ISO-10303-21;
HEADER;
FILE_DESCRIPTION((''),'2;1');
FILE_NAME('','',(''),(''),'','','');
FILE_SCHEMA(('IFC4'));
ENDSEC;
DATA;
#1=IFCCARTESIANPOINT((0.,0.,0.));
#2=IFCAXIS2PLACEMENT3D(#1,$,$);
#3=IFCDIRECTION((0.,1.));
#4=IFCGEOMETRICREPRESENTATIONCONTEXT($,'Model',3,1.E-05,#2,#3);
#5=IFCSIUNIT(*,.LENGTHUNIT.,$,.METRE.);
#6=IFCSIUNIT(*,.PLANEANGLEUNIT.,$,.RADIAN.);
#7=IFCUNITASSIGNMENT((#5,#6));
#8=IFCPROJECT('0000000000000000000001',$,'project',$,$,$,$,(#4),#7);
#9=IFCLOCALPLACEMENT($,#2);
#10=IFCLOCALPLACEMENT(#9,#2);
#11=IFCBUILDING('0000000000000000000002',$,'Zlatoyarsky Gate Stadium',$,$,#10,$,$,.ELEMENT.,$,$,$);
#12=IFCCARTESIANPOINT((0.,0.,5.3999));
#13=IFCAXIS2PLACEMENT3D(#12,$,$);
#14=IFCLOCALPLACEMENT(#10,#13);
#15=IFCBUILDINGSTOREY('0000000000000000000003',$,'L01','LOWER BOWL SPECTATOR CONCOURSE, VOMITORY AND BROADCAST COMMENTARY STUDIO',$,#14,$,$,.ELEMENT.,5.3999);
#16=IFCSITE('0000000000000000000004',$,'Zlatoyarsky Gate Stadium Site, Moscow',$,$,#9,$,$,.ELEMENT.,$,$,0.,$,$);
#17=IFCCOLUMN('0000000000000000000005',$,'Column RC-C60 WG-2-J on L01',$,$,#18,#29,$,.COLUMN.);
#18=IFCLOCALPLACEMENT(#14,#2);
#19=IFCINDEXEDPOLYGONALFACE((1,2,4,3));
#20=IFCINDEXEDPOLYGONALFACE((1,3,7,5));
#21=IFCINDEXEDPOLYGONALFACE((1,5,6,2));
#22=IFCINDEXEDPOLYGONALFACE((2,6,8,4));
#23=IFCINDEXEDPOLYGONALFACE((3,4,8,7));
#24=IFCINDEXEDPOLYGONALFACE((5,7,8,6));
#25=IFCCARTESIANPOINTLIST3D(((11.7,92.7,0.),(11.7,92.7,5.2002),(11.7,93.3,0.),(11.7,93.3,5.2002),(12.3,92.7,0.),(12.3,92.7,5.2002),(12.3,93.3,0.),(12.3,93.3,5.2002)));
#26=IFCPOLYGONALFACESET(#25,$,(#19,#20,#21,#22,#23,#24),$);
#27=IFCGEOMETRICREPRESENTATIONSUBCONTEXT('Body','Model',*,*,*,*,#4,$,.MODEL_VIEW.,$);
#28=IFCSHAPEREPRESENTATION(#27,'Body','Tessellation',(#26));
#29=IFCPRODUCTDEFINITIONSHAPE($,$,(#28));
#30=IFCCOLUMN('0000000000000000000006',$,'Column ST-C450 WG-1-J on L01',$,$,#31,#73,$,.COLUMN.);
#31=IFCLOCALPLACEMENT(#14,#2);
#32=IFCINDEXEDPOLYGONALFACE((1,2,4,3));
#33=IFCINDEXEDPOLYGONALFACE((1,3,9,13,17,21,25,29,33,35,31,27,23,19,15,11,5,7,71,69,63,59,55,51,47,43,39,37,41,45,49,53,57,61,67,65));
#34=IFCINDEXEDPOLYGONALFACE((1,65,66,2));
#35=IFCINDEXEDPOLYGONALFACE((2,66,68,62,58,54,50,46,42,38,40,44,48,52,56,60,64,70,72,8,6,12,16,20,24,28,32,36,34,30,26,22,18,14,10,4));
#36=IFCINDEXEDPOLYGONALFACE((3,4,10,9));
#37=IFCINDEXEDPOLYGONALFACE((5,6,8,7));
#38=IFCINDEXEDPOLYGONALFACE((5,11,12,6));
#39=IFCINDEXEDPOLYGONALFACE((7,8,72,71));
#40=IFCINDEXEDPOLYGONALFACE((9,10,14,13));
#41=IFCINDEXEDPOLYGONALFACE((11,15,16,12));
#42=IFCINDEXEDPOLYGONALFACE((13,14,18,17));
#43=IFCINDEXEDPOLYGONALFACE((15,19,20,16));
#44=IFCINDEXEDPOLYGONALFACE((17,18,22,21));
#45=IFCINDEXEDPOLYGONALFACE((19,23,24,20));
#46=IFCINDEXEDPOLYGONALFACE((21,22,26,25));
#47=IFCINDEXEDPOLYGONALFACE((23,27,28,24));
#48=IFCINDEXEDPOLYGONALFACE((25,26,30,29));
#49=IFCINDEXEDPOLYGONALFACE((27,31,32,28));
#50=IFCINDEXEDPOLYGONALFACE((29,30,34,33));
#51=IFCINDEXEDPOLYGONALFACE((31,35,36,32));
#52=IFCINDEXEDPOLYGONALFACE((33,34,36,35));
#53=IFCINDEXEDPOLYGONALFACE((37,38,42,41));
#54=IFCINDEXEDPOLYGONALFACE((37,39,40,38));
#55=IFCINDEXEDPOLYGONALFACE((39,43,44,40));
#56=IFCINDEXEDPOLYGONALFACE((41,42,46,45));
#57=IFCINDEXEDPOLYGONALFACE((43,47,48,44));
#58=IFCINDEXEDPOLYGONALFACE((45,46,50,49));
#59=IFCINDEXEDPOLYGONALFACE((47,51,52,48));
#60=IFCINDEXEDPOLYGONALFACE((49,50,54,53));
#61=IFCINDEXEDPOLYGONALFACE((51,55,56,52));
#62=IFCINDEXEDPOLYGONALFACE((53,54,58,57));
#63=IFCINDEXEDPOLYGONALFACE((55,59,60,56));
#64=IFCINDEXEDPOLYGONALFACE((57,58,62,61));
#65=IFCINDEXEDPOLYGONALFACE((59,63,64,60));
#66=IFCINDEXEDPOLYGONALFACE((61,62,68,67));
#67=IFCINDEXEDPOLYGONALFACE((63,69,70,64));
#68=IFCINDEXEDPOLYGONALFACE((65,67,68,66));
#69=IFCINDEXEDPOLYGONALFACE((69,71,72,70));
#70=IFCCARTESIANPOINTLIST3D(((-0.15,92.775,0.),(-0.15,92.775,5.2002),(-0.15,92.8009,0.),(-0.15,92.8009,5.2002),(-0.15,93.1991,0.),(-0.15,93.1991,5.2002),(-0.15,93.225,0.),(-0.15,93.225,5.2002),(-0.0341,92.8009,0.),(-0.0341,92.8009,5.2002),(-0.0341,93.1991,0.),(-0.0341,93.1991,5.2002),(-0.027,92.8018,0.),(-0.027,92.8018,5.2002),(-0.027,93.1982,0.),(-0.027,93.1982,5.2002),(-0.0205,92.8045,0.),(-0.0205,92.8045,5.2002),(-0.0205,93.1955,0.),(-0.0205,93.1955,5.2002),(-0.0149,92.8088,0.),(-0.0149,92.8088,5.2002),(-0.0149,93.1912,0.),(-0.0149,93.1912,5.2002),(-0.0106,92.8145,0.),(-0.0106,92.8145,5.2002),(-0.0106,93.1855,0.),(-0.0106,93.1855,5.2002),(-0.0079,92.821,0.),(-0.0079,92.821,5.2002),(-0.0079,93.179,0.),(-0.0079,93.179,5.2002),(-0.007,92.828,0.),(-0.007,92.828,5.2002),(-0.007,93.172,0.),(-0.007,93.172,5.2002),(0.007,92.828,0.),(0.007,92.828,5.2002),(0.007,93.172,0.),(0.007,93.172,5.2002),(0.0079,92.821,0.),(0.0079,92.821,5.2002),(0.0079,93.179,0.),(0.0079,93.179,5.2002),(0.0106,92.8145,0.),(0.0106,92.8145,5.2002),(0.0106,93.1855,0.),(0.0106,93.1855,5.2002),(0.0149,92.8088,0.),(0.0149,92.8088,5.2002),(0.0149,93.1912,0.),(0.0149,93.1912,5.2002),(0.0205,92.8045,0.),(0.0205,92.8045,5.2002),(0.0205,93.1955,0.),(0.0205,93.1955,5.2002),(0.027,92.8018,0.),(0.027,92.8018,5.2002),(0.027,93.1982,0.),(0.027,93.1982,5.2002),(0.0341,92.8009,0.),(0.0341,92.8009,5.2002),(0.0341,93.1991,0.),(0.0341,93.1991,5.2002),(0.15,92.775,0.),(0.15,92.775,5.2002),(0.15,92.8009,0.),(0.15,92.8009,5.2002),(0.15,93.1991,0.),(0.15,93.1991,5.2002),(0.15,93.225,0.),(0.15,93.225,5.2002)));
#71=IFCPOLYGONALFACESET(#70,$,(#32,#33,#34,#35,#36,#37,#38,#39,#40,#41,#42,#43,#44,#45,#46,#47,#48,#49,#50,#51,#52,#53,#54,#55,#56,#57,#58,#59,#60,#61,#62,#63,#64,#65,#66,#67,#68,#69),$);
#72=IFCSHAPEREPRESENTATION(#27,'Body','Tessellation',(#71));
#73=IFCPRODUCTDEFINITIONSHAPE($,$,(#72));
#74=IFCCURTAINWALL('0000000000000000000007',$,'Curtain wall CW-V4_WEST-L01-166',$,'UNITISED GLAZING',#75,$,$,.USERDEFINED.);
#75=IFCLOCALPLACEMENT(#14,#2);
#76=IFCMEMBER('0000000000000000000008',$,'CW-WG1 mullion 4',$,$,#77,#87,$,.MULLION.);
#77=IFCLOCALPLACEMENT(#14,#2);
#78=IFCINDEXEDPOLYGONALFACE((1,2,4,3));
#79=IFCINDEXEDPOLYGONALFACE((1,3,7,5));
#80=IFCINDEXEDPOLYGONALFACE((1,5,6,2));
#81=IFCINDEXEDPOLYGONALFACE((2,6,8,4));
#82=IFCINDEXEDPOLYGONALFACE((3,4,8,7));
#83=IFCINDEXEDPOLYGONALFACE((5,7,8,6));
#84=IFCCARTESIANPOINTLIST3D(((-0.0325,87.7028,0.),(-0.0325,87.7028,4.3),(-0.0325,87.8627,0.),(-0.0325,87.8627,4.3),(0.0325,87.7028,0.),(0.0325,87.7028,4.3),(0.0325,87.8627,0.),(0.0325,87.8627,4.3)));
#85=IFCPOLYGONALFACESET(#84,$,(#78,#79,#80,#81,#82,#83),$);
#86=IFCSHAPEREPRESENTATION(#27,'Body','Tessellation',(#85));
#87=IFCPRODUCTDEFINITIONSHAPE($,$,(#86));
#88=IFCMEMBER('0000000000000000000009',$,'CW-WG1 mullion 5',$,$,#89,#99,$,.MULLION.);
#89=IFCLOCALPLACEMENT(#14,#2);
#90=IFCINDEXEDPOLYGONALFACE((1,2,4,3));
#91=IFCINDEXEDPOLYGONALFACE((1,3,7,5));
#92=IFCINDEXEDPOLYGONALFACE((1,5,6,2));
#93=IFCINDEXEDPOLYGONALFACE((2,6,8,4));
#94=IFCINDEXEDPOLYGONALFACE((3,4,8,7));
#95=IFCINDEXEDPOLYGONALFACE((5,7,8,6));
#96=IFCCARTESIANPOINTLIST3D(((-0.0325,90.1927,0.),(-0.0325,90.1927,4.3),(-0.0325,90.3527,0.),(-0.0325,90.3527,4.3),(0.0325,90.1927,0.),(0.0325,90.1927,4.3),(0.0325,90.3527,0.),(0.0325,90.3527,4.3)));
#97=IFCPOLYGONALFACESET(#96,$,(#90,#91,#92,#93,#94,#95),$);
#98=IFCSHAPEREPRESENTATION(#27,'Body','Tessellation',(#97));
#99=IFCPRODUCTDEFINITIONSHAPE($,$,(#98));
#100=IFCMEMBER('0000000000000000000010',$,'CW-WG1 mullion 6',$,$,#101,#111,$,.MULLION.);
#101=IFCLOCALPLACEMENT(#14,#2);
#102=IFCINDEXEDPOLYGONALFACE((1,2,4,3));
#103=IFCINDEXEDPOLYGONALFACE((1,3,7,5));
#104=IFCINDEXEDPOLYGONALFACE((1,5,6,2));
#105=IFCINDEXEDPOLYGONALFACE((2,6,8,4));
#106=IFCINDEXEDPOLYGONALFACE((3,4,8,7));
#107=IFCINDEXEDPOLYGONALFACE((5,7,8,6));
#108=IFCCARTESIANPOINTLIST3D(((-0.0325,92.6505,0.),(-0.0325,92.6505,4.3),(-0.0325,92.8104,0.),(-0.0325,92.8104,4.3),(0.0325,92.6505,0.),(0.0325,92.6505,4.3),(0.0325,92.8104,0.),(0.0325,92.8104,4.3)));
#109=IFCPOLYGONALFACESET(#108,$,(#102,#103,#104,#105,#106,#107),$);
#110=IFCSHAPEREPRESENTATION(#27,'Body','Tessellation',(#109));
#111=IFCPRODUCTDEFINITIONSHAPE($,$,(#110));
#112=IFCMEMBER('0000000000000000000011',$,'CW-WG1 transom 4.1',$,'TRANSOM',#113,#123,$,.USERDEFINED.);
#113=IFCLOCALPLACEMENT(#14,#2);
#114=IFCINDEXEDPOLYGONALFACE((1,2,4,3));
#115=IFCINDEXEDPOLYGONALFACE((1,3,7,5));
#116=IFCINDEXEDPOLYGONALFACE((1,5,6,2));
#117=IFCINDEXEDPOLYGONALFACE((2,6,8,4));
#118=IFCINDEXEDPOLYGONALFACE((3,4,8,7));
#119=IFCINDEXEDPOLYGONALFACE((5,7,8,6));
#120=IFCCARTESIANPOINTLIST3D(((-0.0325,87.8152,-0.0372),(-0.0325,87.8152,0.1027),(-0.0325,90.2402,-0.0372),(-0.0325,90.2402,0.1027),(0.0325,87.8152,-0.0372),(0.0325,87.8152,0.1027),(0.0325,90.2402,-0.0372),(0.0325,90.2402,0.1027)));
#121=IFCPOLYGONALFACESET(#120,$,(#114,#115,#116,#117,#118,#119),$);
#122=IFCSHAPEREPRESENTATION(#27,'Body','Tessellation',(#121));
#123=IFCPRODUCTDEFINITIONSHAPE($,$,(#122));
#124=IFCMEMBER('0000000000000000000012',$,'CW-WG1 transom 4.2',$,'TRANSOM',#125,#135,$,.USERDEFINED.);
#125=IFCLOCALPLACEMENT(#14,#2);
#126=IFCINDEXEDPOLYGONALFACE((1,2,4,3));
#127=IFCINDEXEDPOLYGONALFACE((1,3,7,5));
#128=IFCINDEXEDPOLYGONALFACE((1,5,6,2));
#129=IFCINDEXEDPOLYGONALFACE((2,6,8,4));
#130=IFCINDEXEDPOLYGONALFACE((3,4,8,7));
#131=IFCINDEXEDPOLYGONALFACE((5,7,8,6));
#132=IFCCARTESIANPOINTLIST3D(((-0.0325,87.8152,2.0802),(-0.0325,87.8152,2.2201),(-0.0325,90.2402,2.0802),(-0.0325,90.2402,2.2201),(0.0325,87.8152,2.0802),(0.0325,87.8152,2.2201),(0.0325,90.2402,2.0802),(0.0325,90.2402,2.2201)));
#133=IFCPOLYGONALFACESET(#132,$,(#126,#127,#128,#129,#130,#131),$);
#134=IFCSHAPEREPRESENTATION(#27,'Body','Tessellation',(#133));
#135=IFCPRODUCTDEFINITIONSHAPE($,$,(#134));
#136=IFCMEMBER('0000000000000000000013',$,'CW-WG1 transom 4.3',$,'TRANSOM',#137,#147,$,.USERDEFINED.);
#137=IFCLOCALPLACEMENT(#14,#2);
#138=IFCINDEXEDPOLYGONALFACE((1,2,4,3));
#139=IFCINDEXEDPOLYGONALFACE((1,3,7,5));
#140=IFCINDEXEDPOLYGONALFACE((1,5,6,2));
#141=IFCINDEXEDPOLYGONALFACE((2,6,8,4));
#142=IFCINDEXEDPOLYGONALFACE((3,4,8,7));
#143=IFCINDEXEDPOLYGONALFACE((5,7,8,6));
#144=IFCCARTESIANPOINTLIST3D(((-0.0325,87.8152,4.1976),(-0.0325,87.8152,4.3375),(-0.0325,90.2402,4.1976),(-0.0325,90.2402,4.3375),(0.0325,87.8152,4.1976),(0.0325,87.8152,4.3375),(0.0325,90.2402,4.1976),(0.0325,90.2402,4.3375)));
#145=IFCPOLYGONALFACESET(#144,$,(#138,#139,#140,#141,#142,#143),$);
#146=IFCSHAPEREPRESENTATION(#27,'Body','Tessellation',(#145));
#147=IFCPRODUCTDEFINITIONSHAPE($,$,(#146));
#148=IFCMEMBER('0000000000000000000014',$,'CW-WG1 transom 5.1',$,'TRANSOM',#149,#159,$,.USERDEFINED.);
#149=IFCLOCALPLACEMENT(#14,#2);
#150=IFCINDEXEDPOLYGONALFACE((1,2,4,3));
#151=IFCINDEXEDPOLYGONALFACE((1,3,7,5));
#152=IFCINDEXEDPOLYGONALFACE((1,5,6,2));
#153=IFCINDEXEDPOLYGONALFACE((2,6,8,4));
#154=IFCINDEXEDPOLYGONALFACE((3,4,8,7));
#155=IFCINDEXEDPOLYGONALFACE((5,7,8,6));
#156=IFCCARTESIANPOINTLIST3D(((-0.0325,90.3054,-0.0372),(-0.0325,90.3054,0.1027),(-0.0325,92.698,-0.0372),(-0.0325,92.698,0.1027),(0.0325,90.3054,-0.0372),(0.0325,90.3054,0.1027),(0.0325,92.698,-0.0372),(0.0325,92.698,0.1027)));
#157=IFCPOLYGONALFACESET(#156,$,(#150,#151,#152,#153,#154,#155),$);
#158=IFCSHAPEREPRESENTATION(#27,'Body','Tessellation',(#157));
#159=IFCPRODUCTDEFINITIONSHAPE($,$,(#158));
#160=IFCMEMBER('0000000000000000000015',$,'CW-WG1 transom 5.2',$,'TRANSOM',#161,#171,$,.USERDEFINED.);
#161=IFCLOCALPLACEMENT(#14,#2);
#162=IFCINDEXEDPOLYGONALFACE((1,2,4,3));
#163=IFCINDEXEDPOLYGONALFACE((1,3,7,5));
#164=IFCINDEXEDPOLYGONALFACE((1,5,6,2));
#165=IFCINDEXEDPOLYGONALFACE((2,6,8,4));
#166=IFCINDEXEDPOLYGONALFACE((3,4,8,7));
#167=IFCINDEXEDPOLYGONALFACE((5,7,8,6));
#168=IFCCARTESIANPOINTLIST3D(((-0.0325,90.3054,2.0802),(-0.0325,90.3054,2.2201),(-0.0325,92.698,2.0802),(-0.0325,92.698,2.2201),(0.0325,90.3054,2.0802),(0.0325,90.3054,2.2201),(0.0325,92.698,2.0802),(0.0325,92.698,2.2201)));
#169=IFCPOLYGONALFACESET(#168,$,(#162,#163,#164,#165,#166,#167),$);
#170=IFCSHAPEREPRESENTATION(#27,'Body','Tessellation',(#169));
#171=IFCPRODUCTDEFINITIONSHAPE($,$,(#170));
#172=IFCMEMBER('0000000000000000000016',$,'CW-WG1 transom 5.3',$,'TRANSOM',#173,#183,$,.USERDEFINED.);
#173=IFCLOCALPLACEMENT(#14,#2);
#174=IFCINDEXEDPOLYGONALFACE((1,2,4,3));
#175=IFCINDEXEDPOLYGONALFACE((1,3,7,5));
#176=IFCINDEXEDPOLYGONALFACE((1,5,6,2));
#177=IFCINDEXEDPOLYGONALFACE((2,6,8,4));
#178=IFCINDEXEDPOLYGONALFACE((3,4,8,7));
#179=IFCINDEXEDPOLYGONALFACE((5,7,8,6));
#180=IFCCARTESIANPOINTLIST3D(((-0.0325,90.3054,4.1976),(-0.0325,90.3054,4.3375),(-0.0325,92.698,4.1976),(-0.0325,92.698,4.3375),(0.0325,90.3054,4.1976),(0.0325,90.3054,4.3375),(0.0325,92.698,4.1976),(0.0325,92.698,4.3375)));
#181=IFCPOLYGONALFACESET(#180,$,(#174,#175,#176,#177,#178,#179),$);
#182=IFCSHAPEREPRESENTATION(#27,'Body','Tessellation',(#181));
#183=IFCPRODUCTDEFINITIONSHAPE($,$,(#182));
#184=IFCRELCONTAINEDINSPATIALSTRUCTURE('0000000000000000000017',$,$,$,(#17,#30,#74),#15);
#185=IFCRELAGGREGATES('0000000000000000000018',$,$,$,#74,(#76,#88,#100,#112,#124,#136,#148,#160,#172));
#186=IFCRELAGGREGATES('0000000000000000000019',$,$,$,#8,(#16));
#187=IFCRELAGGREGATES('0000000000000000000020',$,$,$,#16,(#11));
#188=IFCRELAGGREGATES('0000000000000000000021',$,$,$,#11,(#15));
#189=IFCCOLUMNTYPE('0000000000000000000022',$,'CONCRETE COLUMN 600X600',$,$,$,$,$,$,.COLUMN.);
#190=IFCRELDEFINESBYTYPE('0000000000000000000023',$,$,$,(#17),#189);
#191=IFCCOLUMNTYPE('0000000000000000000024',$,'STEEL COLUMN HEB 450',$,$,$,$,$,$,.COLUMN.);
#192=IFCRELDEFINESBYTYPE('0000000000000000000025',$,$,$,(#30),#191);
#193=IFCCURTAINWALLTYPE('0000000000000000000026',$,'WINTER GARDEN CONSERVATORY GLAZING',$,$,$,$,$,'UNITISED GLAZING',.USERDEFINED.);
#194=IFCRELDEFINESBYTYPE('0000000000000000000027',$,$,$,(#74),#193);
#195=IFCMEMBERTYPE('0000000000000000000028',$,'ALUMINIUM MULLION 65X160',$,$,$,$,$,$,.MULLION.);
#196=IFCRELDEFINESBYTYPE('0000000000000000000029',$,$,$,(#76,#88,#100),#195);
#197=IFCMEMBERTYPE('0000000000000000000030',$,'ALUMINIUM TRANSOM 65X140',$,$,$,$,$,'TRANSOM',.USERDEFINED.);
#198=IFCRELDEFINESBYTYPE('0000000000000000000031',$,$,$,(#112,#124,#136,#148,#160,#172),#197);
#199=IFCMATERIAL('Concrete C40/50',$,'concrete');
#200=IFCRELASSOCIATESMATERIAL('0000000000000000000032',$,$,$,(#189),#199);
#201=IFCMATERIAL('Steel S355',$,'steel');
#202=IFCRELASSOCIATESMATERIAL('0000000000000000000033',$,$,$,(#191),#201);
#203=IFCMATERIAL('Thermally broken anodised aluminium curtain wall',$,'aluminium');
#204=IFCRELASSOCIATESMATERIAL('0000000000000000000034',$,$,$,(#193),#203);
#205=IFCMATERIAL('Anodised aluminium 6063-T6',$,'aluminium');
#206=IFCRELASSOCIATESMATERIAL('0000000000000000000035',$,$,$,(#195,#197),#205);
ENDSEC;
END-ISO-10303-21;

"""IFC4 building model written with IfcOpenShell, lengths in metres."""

from ifc_helpers import new_model, si_unit, direction, frame, origin, origin_2d, place, context, subcontext, project, spatial, rectangle, i_section, extrude, material, material_profile, profile_set, type_object, element, aggregate, save


model = new_model("IFC4")

# Units and contexts
model_context = context("Model", 3, precision=1e-05, world=origin(), true_north=direction((0.0, 1.0)))
body_context = subcontext(model_context, "Body", "Model", "MODEL_VIEW")
ifc_project = project(units=[si_unit("LENGTHUNIT", "METRE"), si_unit("PLANEANGLEUNIT", "RADIAN")], contexts=[model_context])

# Site, building, storey
site_placement = place(None, origin())
site = spatial("IfcSite", under=ifc_project, at=site_placement, Name="Zlatoyarsky Gate Stadium Site, Moscow", CompositionType="ELEMENT", RefElevation=0.0)
building_placement = place(site_placement, origin())
building = spatial("IfcBuilding", under=site, at=building_placement, Name="Zlatoyarsky Gate Stadium", CompositionType="ELEMENT")
storey_placement = place(building_placement, frame((0.0, 0.0, 5.3999)))
storey = spatial("IfcBuildingStorey", under=building, at=storey_placement, Name="L01", Description="LOWER BOWL SPECTATOR CONCOURSE, VOMITORY AND BROADCAST COMMENTARY STUDIO", CompositionType="ELEMENT", Elevation=5.3999)

# Columns
ifc_material_1 = material(Name="Concrete C40/50", Category="concrete")
ifc_material_profile_1 = material_profile(ifc_material_1, rectangle(XDim=0.6001, YDim=0.6001, at=origin_2d()), Name="RC COL 600X600")
ifc_profile_set_1 = profile_set([ifc_material_profile_1], Name="Concrete C40/50")
column_type_1 = type_object("IfcColumnType", Name="CONCRETE COLUMN 600X600", PredefinedType="COLUMN", material=ifc_profile_set_1)
column_1_placement = place(storey_placement, frame((12.0, 93.0, 0.0), z_axis=(0.0, 0.0, 1.0), x_axis=(1.0, 0.0, 0.0)))
element("IfcColumn", 1, at=column_1_placement, inside=storey, type_object=column_type_1, Name="Column RC-C60 WG-2-J on L01", PredefinedType="COLUMN", context=body_context, shape_type="SweptSolid", body=[
    extrude(rectangle(XDim=0.6001, YDim=0.6001, at=origin_2d()), origin(), (0.0, 0.0, 1.0), 5.2002),
])
ifc_material_2 = material(Name="Steel S355", Category="steel")
ifc_material_profile_2 = material_profile(ifc_material_2, i_section(OverallWidth=0.3, OverallDepth=0.45, WebThickness=0.0139, FlangeThickness=0.0259, FilletRadius=0.0271, at=origin_2d()), Name="HEB 450")
ifc_profile_set_2 = profile_set([ifc_material_profile_2], Name="Steel S355")
column_type_2 = type_object("IfcColumnType", Name="STEEL COLUMN HEB 450", PredefinedType="COLUMN", material=ifc_profile_set_2)
column_2_placement = place(storey_placement, frame((0.0, 93.0, 0.0), z_axis=(0.0, 0.0, 1.0), x_axis=(1.0, 0.0, 0.0)))
element("IfcColumn", 2, at=column_2_placement, inside=storey, type_object=column_type_2, Name="Column ST-C450 WG-1-J on L01", PredefinedType="COLUMN", context=body_context, shape_type="SweptSolid", body=[
    extrude(i_section(OverallWidth=0.3, OverallDepth=0.45, WebThickness=0.0139, FlangeThickness=0.0259, FilletRadius=0.0271, at=origin_2d()), origin(), (0.0, 0.0, 1.0), 5.2002),
])

# Curtain wall, members
ifc_material_3 = material(Name="Thermally broken anodised aluminium curtain wall", Category="aluminium")
curtain_wall_type = type_object("IfcCurtainWallType", Name="WINTER GARDEN CONSERVATORY GLAZING", ElementType="UNITISED GLAZING", PredefinedType="USERDEFINED", material=ifc_material_3)
curtain_wall_placement = place(storey_placement, origin())
curtain_wall = element("IfcCurtainWall", 3, at=curtain_wall_placement, inside=storey, type_object=curtain_wall_type, Name="Curtain wall CW-V4_WEST-L01-166", ObjectType="UNITISED GLAZING", PredefinedType="USERDEFINED")
ifc_material_4 = material(Name="Anodised aluminium 6063-T6", Category="aluminium")
ifc_material_profile_3 = material_profile(ifc_material_4, rectangle(XDim=0.0649, YDim=0.1599, at=origin_2d()), Name="ALU 65X160")
ifc_profile_set_3 = profile_set([ifc_material_profile_3], Name="Anodised aluminium 6063-T6")
member_type_1 = type_object("IfcMemberType", Name="ALUMINIUM MULLION 65X160", PredefinedType="MULLION", material=ifc_profile_set_3)
member_1_placement = place(storey_placement, frame((0.0, 87.7827, 0.0), z_axis=(0.0, 0.0, 1.0), x_axis=(-1.0, 0.0, 0.0)))
member_1 = element("IfcMember", 4, at=member_1_placement, type_object=member_type_1, Name="CW-WG1 mullion 4", PredefinedType="MULLION", context=body_context, shape_type="SweptSolid", body=[
    extrude(rectangle(XDim=0.0649, YDim=0.1599, at=origin_2d()), origin(), (0.0, 0.0, 1.0), 4.3),
])
member_2_placement = place(storey_placement, frame((0.0, 90.2727, 0.0), z_axis=(0.0, 0.0, 1.0), x_axis=(-1.0, 0.0, 0.0)))
member_2 = element("IfcMember", 5, at=member_2_placement, type_object=member_type_1, Name="CW-WG1 mullion 5", PredefinedType="MULLION", context=body_context, shape_type="SweptSolid", body=[
    extrude(rectangle(XDim=0.0649, YDim=0.1599, at=origin_2d()), origin(), (0.0, 0.0, 1.0), 4.3),
])
member_3_placement = place(storey_placement, frame((0.0, 92.7305, 0.0), z_axis=(0.0, 0.0, 1.0), x_axis=(-1.0, 0.0, 0.0)))
member_3 = element("IfcMember", 6, at=member_3_placement, type_object=member_type_1, Name="CW-WG1 mullion 6", PredefinedType="MULLION", context=body_context, shape_type="SweptSolid", body=[
    extrude(rectangle(XDim=0.0649, YDim=0.1599, at=origin_2d()), origin(), (0.0, 0.0, 1.0), 4.3),
])
ifc_material_profile_4 = material_profile(ifc_material_4, rectangle(XDim=0.0649, YDim=0.1399, at=origin_2d()), Name="ALU 65X140")
ifc_profile_set_4 = profile_set([ifc_material_profile_4], Name="Anodised aluminium 6063-T6")
member_type_2 = type_object("IfcMemberType", Name="ALUMINIUM TRANSOM 65X140", ElementType="TRANSOM", PredefinedType="USERDEFINED", material=ifc_profile_set_4)
member_4_placement = place(storey_placement, frame((0.0, 87.8152, 0.0327), z_axis=(0.0, 1.0, 0.0), x_axis=(-1.0, 0.0, 0.0)))
member_4 = element("IfcMember", 7, at=member_4_placement, type_object=member_type_2, Name="CW-WG1 transom 4.1", ObjectType="TRANSOM", PredefinedType="USERDEFINED", context=body_context, shape_type="SweptSolid", body=[
    extrude(rectangle(XDim=0.0649, YDim=0.1399, at=origin_2d()), origin(), (0.0, 0.0, 1.0), 2.425),
])
member_5_placement = place(storey_placement, frame((0.0, 87.8152, 2.1501), z_axis=(0.0, 1.0, 0.0), x_axis=(-1.0, 0.0, 0.0)))
member_5 = element("IfcMember", 8, at=member_5_placement, type_object=member_type_2, Name="CW-WG1 transom 4.2", ObjectType="TRANSOM", PredefinedType="USERDEFINED", context=body_context, shape_type="SweptSolid", body=[
    extrude(rectangle(XDim=0.0649, YDim=0.1399, at=origin_2d()), origin(), (0.0, 0.0, 1.0), 2.425),
])
member_6_placement = place(storey_placement, frame((0.0, 87.8152, 4.2676), z_axis=(0.0, 1.0, 0.0), x_axis=(-1.0, 0.0, 0.0)))
member_6 = element("IfcMember", 9, at=member_6_placement, type_object=member_type_2, Name="CW-WG1 transom 4.3", ObjectType="TRANSOM", PredefinedType="USERDEFINED", context=body_context, shape_type="SweptSolid", body=[
    extrude(rectangle(XDim=0.0649, YDim=0.1399, at=origin_2d()), origin(), (0.0, 0.0, 1.0), 2.425),
])
member_7_placement = place(storey_placement, frame((0.0, 90.3054, 0.0327), z_axis=(0.0, 1.0, 0.0), x_axis=(-1.0, 0.0, 0.0)))
member_7 = element("IfcMember", 10, at=member_7_placement, type_object=member_type_2, Name="CW-WG1 transom 5.1", ObjectType="TRANSOM", PredefinedType="USERDEFINED", context=body_context, shape_type="SweptSolid", body=[
    extrude(rectangle(XDim=0.0649, YDim=0.1399, at=origin_2d()), origin(), (0.0, 0.0, 1.0), 2.3926),
])
member_8_placement = place(storey_placement, frame((0.0, 90.3054, 2.1501), z_axis=(0.0, 1.0, 0.0), x_axis=(-1.0, 0.0, 0.0)))
member_8 = element("IfcMember", 11, at=member_8_placement, type_object=member_type_2, Name="CW-WG1 transom 5.2", ObjectType="TRANSOM", PredefinedType="USERDEFINED", context=body_context, shape_type="SweptSolid", body=[
    extrude(rectangle(XDim=0.0649, YDim=0.1399, at=origin_2d()), origin(), (0.0, 0.0, 1.0), 2.3926),
])
member_9_placement = place(storey_placement, frame((0.0, 90.3054, 4.2676), z_axis=(0.0, 1.0, 0.0), x_axis=(-1.0, 0.0, 0.0)))
member_9 = element("IfcMember", 12, at=member_9_placement, type_object=member_type_2, Name="CW-WG1 transom 5.3", ObjectType="TRANSOM", PredefinedType="USERDEFINED", context=body_context, shape_type="SweptSolid", body=[
    extrude(rectangle(XDim=0.0649, YDim=0.1399, at=origin_2d()), origin(), (0.0, 0.0, 1.0), 2.3926),
])

aggregate(curtain_wall, [member_1, member_2, member_3, member_4, member_5, member_6, member_7, member_8, member_9])

save(model, "model.ifc")
